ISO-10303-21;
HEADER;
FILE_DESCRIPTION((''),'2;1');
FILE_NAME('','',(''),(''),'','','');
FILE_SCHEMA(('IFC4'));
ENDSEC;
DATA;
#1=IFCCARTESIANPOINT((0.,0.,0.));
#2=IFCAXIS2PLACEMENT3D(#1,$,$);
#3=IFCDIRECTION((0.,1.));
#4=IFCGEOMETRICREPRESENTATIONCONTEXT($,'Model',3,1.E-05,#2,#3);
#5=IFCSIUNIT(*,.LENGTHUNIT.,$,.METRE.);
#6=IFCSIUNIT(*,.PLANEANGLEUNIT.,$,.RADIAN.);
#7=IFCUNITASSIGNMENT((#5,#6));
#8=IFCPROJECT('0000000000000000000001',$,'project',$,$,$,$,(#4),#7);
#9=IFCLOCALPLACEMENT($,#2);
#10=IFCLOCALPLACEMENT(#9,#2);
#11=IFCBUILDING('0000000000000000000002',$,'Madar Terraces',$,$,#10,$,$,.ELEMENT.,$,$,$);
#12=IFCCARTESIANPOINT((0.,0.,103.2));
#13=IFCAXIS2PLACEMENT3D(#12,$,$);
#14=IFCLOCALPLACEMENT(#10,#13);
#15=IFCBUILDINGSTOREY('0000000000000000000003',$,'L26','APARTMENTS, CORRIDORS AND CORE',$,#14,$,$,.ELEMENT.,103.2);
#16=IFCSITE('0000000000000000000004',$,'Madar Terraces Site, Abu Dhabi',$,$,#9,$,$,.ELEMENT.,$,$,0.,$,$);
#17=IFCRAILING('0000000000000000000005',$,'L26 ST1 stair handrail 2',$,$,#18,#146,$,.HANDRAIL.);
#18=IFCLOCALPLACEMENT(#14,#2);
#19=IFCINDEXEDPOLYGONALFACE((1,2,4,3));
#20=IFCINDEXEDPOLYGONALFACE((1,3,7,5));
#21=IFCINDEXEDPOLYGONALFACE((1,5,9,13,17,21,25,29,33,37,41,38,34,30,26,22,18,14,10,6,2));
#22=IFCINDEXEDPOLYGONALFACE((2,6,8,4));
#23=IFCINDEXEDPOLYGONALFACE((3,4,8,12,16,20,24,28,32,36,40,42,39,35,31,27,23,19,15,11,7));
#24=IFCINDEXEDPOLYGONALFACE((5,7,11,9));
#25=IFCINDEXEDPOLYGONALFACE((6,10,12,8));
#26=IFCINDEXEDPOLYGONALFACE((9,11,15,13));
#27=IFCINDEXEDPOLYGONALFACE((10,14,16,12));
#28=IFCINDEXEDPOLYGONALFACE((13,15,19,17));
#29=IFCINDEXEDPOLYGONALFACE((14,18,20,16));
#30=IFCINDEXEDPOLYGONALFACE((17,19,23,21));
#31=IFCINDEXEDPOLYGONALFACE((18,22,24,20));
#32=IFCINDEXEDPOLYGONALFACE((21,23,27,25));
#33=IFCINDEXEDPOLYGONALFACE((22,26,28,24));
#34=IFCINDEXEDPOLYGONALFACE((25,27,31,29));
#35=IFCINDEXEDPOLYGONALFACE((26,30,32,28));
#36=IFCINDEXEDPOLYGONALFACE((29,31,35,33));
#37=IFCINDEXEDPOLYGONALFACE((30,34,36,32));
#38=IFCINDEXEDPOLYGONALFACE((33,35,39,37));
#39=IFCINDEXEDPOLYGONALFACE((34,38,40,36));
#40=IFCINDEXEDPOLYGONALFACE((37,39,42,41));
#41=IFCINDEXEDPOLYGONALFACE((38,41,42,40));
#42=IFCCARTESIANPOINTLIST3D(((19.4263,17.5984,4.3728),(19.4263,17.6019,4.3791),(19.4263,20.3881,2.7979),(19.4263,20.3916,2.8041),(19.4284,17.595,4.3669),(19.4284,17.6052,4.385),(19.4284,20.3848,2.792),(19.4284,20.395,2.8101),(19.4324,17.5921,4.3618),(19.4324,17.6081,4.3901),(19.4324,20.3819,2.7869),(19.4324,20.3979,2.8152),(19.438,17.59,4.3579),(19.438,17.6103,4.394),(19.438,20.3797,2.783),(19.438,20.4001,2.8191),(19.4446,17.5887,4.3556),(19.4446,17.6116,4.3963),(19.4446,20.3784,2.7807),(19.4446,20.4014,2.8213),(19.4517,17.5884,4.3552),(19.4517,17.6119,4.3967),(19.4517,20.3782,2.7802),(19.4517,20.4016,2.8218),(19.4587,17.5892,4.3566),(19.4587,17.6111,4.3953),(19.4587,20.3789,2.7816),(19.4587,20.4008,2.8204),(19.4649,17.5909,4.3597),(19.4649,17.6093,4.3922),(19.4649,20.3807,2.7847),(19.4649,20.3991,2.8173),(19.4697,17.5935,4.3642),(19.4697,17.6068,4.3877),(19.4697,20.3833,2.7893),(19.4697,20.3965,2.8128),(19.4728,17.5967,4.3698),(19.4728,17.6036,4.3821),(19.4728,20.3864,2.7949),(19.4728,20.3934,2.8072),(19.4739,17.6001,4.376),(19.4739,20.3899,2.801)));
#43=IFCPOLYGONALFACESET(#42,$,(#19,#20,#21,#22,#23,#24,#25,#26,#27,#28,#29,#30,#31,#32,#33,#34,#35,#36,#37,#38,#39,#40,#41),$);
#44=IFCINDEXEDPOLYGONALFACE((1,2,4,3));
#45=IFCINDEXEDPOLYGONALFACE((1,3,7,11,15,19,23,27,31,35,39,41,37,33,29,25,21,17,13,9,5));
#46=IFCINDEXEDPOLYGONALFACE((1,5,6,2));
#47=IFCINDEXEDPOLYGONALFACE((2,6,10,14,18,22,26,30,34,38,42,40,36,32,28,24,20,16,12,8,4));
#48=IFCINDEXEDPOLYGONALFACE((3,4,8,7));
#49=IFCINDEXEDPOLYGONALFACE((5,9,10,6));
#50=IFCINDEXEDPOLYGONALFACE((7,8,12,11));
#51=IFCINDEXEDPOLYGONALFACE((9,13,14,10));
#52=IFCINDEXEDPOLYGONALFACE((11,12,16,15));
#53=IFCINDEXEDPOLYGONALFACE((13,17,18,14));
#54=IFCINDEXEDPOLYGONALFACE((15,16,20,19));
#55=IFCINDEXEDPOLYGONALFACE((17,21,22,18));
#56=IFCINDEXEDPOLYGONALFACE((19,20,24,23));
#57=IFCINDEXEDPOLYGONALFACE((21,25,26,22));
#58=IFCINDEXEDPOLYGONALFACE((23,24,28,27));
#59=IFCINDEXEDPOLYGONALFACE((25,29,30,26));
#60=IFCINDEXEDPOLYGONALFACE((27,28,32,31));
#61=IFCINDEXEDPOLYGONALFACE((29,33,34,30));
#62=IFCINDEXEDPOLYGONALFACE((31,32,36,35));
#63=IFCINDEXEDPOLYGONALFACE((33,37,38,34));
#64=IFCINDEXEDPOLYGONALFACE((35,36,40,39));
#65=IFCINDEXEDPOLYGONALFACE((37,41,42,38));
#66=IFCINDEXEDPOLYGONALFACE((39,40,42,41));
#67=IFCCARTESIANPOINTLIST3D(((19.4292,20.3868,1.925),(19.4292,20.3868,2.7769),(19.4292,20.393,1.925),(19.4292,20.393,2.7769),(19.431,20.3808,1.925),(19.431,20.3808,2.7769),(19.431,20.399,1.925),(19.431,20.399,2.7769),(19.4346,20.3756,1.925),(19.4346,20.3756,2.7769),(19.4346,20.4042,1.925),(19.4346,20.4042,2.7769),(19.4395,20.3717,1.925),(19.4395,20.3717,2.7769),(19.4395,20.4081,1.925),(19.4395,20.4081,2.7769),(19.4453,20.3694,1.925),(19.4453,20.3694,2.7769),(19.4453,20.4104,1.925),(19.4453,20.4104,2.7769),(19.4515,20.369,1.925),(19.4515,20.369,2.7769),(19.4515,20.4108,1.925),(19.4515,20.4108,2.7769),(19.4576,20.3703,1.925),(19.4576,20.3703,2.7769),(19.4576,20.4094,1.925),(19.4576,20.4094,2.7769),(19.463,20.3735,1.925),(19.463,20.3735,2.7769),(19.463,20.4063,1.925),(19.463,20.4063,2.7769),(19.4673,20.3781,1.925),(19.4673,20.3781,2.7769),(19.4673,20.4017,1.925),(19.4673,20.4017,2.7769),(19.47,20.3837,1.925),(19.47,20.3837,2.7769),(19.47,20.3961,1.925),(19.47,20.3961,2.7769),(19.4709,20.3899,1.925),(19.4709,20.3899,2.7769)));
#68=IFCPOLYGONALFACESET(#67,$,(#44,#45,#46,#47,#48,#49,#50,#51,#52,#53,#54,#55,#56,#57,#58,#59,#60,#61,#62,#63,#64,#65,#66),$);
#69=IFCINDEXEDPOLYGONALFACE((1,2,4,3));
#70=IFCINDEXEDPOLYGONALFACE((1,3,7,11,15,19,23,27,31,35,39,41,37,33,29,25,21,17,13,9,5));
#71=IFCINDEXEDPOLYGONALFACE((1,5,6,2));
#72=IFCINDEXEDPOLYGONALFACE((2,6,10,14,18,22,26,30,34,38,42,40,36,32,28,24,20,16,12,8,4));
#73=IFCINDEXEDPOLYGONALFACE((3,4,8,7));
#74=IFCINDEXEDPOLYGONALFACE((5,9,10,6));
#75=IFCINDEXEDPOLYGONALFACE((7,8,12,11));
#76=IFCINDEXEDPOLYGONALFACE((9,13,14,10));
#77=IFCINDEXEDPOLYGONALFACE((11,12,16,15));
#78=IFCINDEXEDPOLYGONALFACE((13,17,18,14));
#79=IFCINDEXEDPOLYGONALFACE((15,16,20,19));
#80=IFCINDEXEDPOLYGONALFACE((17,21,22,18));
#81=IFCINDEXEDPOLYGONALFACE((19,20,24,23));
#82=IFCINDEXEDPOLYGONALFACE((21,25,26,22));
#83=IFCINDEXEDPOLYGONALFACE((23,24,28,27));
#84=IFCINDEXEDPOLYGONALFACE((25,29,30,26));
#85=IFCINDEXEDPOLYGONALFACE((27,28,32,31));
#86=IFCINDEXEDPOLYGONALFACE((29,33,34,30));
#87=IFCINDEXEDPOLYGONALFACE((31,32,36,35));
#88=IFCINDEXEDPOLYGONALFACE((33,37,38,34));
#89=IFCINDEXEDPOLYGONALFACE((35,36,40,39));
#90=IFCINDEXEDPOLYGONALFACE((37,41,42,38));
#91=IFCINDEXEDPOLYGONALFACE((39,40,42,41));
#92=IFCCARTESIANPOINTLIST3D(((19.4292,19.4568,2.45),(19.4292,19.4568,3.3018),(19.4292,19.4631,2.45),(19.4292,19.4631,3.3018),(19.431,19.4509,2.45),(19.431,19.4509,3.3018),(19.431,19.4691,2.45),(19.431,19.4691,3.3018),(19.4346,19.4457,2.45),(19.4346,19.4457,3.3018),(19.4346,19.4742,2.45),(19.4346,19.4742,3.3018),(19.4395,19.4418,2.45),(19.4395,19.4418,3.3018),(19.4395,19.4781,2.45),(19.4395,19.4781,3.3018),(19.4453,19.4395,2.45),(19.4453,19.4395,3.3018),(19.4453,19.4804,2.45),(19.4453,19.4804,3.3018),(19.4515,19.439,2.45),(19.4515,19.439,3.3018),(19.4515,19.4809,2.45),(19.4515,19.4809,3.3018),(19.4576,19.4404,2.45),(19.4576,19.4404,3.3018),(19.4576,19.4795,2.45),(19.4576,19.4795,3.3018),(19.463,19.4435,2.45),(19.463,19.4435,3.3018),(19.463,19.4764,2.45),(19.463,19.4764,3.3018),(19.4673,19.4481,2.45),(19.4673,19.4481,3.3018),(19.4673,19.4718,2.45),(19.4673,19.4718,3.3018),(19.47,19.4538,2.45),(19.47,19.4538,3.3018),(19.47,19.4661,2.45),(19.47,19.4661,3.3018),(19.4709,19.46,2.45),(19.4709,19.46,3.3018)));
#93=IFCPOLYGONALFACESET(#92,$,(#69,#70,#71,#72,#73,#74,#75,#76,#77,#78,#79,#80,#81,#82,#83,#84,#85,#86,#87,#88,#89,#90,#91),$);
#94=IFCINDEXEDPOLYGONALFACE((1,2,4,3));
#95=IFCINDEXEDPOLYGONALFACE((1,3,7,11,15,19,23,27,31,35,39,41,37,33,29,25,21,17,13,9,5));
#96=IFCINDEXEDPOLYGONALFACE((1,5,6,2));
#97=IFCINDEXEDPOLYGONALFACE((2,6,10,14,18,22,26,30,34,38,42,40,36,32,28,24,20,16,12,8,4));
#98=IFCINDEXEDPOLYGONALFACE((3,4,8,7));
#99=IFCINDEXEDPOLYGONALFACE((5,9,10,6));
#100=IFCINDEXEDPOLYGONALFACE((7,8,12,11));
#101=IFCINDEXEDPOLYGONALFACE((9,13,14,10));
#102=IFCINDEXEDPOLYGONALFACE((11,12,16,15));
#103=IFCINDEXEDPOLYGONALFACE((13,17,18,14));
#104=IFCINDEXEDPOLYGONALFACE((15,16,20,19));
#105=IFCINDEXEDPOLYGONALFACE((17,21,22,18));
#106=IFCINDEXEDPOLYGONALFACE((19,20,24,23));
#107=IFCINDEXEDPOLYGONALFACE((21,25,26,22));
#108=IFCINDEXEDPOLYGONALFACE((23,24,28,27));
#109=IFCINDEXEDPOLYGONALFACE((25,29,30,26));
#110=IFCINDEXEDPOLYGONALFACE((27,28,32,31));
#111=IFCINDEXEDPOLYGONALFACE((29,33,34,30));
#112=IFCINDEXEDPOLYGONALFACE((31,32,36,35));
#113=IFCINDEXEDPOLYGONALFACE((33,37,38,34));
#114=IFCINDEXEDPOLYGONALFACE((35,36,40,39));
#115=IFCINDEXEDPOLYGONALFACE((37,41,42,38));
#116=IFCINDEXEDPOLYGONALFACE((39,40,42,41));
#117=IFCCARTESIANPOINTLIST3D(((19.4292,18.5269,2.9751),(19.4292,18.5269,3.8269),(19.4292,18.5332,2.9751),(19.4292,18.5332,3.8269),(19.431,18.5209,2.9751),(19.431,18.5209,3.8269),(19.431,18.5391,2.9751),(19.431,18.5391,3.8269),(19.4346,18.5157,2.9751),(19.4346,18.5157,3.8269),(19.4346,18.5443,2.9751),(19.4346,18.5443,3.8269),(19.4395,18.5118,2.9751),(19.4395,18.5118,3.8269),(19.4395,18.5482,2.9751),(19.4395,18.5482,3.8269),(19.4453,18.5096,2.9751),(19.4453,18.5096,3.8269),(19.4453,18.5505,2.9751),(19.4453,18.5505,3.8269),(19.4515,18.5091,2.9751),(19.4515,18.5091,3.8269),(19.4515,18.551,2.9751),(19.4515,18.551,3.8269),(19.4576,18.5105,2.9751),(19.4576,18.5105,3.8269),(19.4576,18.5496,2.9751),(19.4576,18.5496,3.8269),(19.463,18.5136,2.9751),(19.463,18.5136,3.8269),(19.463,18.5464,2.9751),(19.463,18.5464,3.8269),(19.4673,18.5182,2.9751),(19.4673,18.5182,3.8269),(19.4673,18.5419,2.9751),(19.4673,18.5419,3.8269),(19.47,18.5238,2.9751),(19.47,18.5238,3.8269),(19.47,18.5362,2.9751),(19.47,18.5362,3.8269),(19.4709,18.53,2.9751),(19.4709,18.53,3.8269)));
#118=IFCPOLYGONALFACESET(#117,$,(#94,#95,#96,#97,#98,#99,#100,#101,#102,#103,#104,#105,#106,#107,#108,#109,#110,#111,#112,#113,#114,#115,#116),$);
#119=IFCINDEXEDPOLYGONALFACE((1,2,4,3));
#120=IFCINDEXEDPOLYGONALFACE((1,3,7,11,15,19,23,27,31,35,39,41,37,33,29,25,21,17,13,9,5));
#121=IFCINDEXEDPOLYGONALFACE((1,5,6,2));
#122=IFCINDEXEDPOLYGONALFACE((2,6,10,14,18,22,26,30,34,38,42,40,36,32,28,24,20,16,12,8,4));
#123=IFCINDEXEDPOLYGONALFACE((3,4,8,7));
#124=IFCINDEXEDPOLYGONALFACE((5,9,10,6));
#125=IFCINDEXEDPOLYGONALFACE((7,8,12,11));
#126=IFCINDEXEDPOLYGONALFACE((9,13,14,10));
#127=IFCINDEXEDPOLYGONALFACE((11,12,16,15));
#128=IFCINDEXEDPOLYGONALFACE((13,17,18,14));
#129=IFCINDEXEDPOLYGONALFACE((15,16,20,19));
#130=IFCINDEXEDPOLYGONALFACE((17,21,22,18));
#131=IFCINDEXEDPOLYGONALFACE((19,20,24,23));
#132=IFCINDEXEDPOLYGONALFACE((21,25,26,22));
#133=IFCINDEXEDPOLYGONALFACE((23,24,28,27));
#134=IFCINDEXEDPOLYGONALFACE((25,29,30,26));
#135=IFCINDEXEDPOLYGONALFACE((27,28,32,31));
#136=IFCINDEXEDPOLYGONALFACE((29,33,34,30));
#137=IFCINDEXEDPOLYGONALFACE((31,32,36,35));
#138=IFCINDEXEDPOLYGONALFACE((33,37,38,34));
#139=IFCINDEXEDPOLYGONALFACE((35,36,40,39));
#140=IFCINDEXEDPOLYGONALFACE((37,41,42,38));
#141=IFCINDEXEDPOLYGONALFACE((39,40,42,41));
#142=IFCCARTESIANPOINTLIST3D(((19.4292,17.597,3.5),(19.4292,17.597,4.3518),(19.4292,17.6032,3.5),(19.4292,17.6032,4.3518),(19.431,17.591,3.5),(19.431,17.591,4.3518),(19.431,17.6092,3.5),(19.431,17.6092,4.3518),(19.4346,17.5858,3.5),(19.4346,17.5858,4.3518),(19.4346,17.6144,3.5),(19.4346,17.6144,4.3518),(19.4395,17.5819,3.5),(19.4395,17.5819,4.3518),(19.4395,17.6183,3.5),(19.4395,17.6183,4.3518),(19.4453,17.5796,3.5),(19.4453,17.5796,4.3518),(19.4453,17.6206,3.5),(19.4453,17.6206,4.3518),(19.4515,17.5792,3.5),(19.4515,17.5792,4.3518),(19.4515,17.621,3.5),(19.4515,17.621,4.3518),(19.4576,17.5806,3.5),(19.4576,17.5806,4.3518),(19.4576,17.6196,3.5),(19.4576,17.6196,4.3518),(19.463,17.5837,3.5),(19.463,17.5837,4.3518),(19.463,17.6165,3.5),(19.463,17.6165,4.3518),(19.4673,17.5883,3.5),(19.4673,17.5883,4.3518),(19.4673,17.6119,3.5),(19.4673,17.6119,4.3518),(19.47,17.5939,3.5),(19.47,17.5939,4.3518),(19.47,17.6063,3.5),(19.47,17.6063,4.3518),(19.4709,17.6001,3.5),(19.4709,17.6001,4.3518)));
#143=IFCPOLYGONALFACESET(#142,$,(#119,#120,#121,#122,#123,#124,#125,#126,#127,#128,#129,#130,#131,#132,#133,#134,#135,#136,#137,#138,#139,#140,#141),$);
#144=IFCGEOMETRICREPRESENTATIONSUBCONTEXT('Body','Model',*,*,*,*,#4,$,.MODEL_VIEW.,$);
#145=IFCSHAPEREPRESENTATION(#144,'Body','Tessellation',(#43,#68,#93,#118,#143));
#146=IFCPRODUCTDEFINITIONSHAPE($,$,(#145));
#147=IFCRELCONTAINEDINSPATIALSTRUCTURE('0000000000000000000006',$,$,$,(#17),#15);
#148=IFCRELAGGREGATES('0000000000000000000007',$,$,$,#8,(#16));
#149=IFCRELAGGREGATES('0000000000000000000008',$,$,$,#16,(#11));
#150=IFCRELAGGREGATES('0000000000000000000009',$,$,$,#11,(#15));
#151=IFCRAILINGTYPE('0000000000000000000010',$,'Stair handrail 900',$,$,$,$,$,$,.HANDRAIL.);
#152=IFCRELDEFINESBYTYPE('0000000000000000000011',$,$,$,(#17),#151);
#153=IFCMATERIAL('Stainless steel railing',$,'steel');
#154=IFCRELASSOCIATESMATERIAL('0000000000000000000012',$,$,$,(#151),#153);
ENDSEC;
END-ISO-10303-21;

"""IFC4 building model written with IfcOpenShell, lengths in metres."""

from ifc_helpers import new_model, si_unit, direction, frame, origin, origin_2d, place, context, subcontext, project, spatial, circle, extrude, material, type_object, element, save


model = new_model("IFC4")

# Units and contexts
model_context = context("Model", 3, precision=1e-05, world=origin(), true_north=direction((0.0, 1.0)))
body_context = subcontext(model_context, "Body", "Model", "MODEL_VIEW")
ifc_project = project(units=[si_unit("LENGTHUNIT", "METRE"), si_unit("PLANEANGLEUNIT", "RADIAN")], contexts=[model_context])

# Site, building, storey
site_placement = place(None, origin())
site = spatial("IfcSite", under=ifc_project, at=site_placement, Name="Madar Terraces Site, Abu Dhabi", CompositionType="ELEMENT", RefElevation=0.0)
building_placement = place(site_placement, origin())
building = spatial("IfcBuilding", under=site, at=building_placement, Name="Madar Terraces", CompositionType="ELEMENT")
storey_placement = place(building_placement, frame((0.0, 0.0, 103.2)))
storey = spatial("IfcBuildingStorey", under=building, at=storey_placement, Name="L26", Description="APARTMENTS, CORRIDORS AND CORE", CompositionType="ELEMENT", Elevation=103.2)

# Railing
ifc_material_1 = material(Name="Stainless steel railing", Category="steel")
railing_type_1 = type_object("IfcRailingType", Name="Stair handrail 900", PredefinedType="HANDRAIL", material=ifc_material_1)
railing_1_placement = place(storey_placement, frame((19.45, 20.3899, 1.925)))
element("IfcRailing", 1, at=railing_1_placement, inside=storey, type_object=railing_type_1, Name="L26 ST1 stair handrail 2", PredefinedType="HANDRAIL", context=body_context, shape_type="SweptSolid", body=[
    extrude(circle(Radius=0.0239, at=origin_2d()), frame((0.0, 0.0, 0.876), z_axis=(0.0, -0.870815, 0.49161), x_axis=(1.0, 0.0, 0.0)), (0.0, 0.0, 1.0), 3.2036),
    extrude(circle(Radius=0.021, at=origin_2d()), origin(), (0.0, 0.0, 1.0), 0.8518),
    extrude(circle(Radius=0.021, at=origin_2d()), frame((0.0, -0.9299, 0.5249)), (0.0, 0.0, 1.0), 0.8518),
    extrude(circle(Radius=0.021, at=origin_2d()), frame((0.0, -1.8599, 1.05)), (0.0, 0.0, 1.0), 0.8518),
    extrude(circle(Radius=0.021, at=origin_2d()), frame((0.0, -2.7898, 1.575)), (0.0, 0.0, 1.0), 0.8518),
])

save(model, "model.ifc")
